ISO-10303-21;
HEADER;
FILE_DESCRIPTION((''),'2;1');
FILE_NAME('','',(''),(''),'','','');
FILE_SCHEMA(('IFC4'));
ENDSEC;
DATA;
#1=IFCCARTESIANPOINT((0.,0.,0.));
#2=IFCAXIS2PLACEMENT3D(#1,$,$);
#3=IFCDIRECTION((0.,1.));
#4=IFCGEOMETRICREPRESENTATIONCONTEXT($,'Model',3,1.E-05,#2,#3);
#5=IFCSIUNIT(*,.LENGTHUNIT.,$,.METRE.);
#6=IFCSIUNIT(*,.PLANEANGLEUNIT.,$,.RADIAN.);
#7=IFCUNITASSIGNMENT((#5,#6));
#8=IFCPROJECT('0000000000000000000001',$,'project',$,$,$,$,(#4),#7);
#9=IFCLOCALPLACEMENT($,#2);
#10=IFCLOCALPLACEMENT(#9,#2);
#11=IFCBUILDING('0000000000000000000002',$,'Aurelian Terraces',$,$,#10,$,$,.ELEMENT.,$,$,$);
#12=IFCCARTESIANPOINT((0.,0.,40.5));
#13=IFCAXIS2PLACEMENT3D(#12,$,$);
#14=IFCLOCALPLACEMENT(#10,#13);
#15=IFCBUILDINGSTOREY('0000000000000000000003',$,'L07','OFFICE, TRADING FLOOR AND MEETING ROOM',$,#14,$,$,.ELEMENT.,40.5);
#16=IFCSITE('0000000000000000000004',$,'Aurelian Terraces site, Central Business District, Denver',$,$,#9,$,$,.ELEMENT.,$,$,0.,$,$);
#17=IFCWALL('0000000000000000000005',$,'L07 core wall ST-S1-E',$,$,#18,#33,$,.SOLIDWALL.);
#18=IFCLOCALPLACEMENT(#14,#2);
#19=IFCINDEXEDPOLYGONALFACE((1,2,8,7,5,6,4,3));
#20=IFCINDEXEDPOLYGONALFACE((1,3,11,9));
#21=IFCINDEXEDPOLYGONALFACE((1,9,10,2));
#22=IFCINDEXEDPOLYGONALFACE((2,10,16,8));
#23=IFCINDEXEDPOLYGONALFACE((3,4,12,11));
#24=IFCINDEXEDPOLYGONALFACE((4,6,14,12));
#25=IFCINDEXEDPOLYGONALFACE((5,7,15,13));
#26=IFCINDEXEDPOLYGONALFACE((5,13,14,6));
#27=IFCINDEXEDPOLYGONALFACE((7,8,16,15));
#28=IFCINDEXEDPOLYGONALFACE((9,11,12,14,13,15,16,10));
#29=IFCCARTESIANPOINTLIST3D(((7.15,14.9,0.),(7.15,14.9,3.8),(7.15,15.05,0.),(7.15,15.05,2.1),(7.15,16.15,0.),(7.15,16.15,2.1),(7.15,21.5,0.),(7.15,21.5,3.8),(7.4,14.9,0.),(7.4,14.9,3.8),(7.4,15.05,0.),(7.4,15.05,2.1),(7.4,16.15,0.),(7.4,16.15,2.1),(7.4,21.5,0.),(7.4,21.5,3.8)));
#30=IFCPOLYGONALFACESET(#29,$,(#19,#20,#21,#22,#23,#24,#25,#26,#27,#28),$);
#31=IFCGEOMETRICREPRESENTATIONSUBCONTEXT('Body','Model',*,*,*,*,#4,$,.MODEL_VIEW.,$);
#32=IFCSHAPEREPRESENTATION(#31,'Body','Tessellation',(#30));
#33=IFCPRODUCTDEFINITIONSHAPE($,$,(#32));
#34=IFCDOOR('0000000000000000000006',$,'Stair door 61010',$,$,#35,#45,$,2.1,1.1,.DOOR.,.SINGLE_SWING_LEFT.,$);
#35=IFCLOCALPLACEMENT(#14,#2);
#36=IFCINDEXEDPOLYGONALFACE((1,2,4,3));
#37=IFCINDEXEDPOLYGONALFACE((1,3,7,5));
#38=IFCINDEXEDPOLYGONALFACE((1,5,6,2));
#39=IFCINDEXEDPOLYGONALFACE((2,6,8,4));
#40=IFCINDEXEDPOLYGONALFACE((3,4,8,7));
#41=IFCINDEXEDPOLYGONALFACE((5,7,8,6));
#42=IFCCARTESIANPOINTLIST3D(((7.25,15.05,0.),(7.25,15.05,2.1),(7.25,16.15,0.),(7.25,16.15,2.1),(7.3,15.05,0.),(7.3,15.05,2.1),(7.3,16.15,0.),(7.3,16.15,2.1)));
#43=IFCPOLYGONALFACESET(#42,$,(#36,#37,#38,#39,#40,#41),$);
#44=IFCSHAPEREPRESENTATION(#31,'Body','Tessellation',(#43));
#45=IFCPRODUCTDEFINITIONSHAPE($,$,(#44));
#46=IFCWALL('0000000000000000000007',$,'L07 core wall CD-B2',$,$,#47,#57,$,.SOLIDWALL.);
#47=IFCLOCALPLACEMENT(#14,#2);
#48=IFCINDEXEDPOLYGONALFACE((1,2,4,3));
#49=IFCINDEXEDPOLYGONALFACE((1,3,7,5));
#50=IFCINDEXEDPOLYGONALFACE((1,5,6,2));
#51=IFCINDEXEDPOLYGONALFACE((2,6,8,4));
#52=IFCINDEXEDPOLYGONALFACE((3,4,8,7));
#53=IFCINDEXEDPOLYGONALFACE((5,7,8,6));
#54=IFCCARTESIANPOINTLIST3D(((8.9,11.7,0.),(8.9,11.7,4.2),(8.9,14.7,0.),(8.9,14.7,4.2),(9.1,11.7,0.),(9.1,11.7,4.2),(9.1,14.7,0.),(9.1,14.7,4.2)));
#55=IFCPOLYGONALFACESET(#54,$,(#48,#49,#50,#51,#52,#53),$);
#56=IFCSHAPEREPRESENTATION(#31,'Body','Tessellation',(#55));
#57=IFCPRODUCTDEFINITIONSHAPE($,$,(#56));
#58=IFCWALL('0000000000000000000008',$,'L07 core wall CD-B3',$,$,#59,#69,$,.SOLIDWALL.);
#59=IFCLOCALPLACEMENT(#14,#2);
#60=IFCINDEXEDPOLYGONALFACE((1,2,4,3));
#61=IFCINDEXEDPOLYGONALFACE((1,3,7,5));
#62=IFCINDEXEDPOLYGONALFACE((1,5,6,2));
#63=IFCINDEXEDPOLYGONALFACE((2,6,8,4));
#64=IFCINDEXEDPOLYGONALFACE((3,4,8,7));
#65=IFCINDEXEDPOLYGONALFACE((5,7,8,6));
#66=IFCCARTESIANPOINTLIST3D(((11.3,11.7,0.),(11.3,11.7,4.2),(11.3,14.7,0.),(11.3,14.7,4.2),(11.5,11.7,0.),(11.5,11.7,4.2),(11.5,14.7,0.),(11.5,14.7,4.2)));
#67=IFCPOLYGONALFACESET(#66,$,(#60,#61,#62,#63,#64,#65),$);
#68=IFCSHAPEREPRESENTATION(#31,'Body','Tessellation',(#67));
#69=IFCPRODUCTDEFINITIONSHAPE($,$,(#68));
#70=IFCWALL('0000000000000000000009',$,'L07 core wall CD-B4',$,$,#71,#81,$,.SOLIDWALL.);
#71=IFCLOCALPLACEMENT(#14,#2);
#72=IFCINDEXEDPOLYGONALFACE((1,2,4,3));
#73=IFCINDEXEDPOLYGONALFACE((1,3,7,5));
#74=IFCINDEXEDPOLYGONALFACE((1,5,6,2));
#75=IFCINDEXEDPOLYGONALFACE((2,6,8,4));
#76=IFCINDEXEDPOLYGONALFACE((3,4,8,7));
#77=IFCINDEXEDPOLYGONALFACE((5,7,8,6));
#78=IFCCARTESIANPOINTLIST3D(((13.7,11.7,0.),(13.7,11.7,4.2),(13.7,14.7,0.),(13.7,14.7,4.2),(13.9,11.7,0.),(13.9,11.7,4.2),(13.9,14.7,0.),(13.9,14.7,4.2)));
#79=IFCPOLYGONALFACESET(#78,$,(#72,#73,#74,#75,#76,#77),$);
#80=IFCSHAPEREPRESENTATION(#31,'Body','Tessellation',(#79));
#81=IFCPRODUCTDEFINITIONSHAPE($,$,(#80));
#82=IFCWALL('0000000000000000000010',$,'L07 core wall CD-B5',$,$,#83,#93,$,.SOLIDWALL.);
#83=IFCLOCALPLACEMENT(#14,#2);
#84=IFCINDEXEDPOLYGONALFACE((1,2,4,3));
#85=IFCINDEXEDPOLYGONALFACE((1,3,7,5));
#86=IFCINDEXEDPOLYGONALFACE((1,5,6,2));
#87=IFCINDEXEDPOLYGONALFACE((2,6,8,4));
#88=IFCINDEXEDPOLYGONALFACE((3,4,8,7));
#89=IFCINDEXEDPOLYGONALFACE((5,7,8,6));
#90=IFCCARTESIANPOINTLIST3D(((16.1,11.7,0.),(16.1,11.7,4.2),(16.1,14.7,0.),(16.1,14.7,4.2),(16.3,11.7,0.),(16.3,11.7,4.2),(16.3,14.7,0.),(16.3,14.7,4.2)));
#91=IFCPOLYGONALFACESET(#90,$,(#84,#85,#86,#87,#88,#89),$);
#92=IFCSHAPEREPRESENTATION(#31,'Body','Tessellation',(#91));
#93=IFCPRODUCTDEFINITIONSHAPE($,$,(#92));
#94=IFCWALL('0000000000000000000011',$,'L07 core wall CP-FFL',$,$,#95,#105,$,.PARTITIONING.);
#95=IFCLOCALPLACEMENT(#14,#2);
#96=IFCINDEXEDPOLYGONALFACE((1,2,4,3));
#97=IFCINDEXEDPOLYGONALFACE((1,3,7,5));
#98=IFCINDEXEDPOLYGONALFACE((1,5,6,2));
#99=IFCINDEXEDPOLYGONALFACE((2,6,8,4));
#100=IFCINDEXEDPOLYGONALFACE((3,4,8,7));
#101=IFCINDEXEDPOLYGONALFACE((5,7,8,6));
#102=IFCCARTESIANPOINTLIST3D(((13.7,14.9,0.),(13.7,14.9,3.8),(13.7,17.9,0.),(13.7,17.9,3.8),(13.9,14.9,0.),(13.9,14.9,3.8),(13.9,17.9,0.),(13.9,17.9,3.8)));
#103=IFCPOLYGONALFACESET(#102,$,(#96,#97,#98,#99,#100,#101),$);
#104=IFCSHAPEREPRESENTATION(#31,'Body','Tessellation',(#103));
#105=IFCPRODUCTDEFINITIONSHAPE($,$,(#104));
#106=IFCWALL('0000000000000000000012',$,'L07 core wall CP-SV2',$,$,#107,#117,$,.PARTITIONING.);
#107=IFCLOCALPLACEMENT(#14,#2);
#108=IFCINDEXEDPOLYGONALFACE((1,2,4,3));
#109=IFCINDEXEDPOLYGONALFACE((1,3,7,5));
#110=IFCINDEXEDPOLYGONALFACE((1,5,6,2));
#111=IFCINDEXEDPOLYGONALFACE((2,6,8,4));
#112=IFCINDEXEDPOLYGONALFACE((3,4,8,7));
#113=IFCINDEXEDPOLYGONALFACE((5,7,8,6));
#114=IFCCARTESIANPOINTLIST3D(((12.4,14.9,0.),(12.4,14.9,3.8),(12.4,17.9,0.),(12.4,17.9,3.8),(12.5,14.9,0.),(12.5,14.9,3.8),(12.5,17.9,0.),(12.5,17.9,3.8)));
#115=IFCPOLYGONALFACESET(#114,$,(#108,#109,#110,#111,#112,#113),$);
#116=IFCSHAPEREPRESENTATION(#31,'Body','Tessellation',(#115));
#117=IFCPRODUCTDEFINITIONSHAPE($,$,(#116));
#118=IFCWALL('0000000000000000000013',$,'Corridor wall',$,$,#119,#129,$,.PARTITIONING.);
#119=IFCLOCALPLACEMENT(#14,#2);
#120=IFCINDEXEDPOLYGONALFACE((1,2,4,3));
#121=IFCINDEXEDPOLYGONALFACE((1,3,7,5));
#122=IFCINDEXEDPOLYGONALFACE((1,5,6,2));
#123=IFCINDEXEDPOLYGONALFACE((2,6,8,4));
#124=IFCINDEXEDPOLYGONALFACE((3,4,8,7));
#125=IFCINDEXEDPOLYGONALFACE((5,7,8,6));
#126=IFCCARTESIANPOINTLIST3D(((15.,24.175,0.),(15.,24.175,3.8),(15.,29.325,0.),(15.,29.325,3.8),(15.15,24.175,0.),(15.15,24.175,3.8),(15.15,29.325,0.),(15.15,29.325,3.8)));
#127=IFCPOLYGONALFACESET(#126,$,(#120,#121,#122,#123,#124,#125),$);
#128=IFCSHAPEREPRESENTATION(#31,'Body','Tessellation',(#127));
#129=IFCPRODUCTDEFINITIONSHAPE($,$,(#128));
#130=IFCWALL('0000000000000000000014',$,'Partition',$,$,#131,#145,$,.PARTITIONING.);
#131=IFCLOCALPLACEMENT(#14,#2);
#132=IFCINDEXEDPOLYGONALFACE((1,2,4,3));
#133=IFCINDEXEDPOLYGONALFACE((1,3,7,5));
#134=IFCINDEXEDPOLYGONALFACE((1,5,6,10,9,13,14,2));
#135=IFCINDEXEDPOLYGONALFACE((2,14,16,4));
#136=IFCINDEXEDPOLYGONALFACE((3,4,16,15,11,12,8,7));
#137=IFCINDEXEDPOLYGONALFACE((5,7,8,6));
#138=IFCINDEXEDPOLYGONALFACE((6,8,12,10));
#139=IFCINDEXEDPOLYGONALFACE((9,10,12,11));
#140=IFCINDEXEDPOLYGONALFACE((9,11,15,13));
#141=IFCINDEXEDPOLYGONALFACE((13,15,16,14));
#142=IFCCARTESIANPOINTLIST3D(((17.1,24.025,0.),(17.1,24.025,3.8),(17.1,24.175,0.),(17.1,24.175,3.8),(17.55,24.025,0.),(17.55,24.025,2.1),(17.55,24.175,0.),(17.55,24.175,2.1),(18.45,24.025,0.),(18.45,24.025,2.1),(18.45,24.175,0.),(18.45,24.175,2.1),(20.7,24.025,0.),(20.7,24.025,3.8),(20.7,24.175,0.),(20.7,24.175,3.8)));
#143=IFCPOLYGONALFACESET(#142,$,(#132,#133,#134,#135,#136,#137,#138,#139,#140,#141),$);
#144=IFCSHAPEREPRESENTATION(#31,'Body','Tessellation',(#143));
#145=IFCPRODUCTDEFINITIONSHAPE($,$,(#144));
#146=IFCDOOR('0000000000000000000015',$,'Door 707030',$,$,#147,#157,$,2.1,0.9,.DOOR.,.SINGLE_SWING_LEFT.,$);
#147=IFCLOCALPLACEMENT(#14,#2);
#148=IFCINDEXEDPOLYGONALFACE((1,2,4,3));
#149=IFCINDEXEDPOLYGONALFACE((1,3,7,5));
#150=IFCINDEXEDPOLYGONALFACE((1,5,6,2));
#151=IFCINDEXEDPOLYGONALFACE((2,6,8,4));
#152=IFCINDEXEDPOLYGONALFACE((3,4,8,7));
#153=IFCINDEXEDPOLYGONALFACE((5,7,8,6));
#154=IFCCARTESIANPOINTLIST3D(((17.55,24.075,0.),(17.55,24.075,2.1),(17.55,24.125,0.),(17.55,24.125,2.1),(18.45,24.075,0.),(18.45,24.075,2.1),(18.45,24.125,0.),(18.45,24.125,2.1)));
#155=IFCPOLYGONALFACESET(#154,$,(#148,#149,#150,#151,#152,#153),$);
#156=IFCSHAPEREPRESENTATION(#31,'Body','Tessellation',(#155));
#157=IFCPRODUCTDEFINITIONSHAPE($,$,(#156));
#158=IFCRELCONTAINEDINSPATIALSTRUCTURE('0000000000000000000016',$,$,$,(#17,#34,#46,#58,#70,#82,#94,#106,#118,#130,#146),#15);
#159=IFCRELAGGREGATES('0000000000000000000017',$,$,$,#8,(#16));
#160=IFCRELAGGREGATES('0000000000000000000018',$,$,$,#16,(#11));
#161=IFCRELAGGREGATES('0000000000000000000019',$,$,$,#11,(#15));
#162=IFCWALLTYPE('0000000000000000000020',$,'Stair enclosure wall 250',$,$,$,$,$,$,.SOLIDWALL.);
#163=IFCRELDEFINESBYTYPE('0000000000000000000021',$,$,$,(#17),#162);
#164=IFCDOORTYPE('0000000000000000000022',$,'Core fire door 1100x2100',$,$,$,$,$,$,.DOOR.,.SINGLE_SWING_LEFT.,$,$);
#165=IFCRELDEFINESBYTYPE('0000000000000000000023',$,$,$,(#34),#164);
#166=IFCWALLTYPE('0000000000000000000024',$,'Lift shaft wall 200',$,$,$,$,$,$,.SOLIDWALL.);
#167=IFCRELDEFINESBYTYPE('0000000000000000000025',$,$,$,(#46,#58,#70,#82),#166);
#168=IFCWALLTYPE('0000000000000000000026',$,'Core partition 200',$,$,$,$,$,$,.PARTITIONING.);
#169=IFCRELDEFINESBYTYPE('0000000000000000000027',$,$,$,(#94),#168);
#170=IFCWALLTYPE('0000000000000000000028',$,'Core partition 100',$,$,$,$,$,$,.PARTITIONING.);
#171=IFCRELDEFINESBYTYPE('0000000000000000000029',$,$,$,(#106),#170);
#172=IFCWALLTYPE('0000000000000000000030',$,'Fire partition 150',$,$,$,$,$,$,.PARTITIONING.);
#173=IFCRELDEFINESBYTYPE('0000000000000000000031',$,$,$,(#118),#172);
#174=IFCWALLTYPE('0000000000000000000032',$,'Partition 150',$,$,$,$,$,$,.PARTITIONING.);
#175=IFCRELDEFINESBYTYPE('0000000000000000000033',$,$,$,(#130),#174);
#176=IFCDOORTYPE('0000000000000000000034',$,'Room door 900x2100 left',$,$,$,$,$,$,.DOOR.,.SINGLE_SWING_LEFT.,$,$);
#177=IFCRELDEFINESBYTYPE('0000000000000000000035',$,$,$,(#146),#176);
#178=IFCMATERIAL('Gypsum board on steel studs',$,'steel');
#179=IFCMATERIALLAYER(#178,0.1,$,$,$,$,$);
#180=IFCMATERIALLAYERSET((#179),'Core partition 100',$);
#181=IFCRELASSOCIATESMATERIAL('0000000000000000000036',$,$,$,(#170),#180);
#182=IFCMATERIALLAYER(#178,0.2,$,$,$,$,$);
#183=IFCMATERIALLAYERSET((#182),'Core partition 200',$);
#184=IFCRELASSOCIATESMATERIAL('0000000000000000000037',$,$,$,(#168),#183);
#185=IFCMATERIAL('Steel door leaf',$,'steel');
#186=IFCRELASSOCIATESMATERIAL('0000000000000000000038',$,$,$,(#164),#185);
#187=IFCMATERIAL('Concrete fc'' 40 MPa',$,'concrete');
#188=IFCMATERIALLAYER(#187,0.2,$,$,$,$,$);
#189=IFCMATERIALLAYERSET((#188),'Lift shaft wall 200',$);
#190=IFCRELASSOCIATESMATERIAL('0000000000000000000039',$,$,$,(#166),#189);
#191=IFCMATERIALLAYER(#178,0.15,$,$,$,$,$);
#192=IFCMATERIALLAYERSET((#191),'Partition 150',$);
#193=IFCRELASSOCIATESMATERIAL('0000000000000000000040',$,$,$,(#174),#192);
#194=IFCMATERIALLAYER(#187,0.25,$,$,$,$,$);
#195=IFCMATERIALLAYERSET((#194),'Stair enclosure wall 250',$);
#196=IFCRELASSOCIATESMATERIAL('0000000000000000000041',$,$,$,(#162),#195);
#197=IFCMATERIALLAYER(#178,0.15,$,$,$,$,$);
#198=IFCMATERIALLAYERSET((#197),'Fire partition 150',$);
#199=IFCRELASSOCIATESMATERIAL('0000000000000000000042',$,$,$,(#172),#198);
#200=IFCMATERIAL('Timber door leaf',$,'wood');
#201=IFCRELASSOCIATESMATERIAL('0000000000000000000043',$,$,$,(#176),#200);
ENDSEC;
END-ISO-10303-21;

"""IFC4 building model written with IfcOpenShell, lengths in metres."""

from ifc_helpers import new_model, si_unit, direction, frame, frame_2d, origin, place, context, subcontext, project, spatial, rectangle, extrude, source, transform, mapped, material, layer, layer_set, type_object, element, fill, save


model = new_model("IFC4")

# Units and contexts
model_context = context("Model", 3, precision=1e-05, world=origin(), true_north=direction((0.0, 1.0)))
body_context = subcontext(model_context, "Body", "Model", "MODEL_VIEW")
ifc_project = project(units=[si_unit("LENGTHUNIT", "METRE"), si_unit("PLANEANGLEUNIT", "RADIAN")], contexts=[model_context])

# Site, building, storey
site_placement = place(None, origin())
site = spatial("IfcSite", under=ifc_project, at=site_placement, Name="Aurelian Terraces site, Central Business District, Denver", CompositionType="ELEMENT", RefElevation=0.0)
building_placement = place(site_placement, origin())
building = spatial("IfcBuilding", under=site, at=building_placement, Name="Aurelian Terraces", CompositionType="ELEMENT")
storey_placement = place(building_placement, frame((0.0, 0.0, 40.5)))
storey = spatial("IfcBuildingStorey", under=building, at=storey_placement, Name="L07", Description="OFFICE, TRADING FLOOR AND MEETING ROOM", CompositionType="ELEMENT", Elevation=40.5)

# Shared definitions
ifc_material_1 = material(Name="Gypsum board on steel studs", Category="steel")
ifc_layer_1 = layer(ifc_material_1, 0.1)
ifc_layer_set_1 = layer_set([ifc_layer_1], Name="Core partition 100")
wall_type_1 = type_object("IfcWallType", Name="Core partition 100", PredefinedType="PARTITIONING", material=ifc_layer_set_1)
ifc_layer_2 = layer(ifc_material_1, 0.2)
ifc_layer_set_2 = layer_set([ifc_layer_2], Name="Core partition 200")
wall_type_2 = type_object("IfcWallType", Name="Core partition 200", PredefinedType="PARTITIONING", material=ifc_layer_set_2)

# Shared definitions
ifc_material_2 = material(Name="Steel door leaf", Category="steel")
shared_shape_1 = source(origin(), body_context, "Body", "SweptSolid", [
    extrude(rectangle(XDim=0.9, YDim=2.1, at=frame_2d((0.45, 1.05))), frame((0.0, 0.025, 0.0), z_axis=(0.0, -1.0, 0.0), x_axis=(1.0, 0.0, 0.0)), (0.0, 0.0, 1.0), 0.05),
])
door_type_1 = type_object("IfcDoorType", Name="Core fire door 1100x2100", OperationType="SINGLE_SWING_LEFT", PredefinedType="DOOR", material=ifc_material_2)
shared_shape_2 = source(origin(), body_context, "Body", "SweptSolid", [
    extrude(rectangle(XDim=1.1, YDim=2.1, at=frame_2d((0.55, 1.05))), frame((0.0, 0.025, 0.0), z_axis=(0.0, -1.0, 0.0), x_axis=(1.0, 0.0, 0.0)), (0.0, 0.0, 1.0), 0.05),
])

# Shared definitions
ifc_material_3 = material(Name="Concrete fc' 40 MPa", Category="concrete")
ifc_layer_3 = layer(ifc_material_3, 0.2)
ifc_layer_set_3 = layer_set([ifc_layer_3], Name="Lift shaft wall 200")
wall_type_3 = type_object("IfcWallType", Name="Lift shaft wall 200", PredefinedType="SOLIDWALL", material=ifc_layer_set_3)
ifc_layer_4 = layer(ifc_material_1, 0.15)
ifc_layer_set_4 = layer_set([ifc_layer_4], Name="Partition 150")
wall_type_4 = type_object("IfcWallType", Name="Partition 150", PredefinedType="PARTITIONING", material=ifc_layer_set_4)

# Wall, opening, door
ifc_layer_5 = layer(ifc_material_3, 0.25)
ifc_layer_set_5 = layer_set([ifc_layer_5], Name="Stair enclosure wall 250")
wall_type_5 = type_object("IfcWallType", Name="Stair enclosure wall 250", PredefinedType="SOLIDWALL", material=ifc_layer_set_5)
wall_1_placement = place(storey_placement, frame((7.275, 14.9, 0.0), z_axis=(0.0, 0.0, 1.0), x_axis=(0.0, 1.0, 0.0)))
wall_1 = element("IfcWall", 1, at=wall_1_placement, inside=storey, type_object=wall_type_5, Name="L07 core wall ST-S1-E", PredefinedType="SOLIDWALL", context=body_context, shape_type="SweptSolid", body=[
    extrude(rectangle(XDim=6.6, YDim=0.25, at=frame_2d((3.3, 0.0))), origin(), (0.0, 0.0, 1.0), 3.8),
])
shared_shape_3 = source(origin(), body_context, "Body", "SweptSolid", [
    extrude(rectangle(XDim=1.1, YDim=2.1, at=frame_2d((0.55, 1.05))), frame((0.0, 0.135, 0.0), z_axis=(0.0, -1.0, 0.0), x_axis=(1.0, 0.0, 0.0)), (0.0, 0.0, 1.0), 0.27),
])
opening_1_placement = place(wall_1_placement, frame((0.15, 0.0, 0.0)))
opening_1 = element("IfcOpeningElement", 2, at=opening_1_placement, cuts=wall_1, PredefinedType="OPENING", context=body_context, shape_type="MappedRepresentation", body=[
    mapped(shared_shape_3, transform((0.0, 0.0, 0.0), scale=1.0)),
])
door_1_placement = place(opening_1_placement, origin())
door_1 = element("IfcDoor", 3, at=door_1_placement, inside=storey, type_object=door_type_1, Name="Stair door 61010", OperationType="SINGLE_SWING_LEFT", OverallHeight=2.1, OverallWidth=1.1, PredefinedType="DOOR", context=body_context, shape_type="MappedRepresentation", body=[
    mapped(shared_shape_2, transform((0.0, 0.0, 0.0), scale=1.0)),
])
fill(opening_1, door_1)

# Walls
shared_shape_4 = source(origin(), body_context, "Body", "SweptSolid", [
    extrude(rectangle(XDim=3.0, YDim=0.2, at=frame_2d((1.5, 0.0))), origin(), (0.0, 0.0, 1.0), 4.2),
])
for number, where, z_axis, x_axis, name in (
    (4, (9.0, 11.7, 0.0), (0.0, 0.0, 1.0), (0.0, 1.0, 0.0), "L07 core wall CD-B2"),
    (5, (11.4, 11.7, 0.0), (0.0, 0.0, 1.0), (0.0, 1.0, 0.0), "L07 core wall CD-B3"),
    (6, (13.8, 11.7, 0.0), (0.0, 0.0, 1.0), (0.0, 1.0, 0.0), "L07 core wall CD-B4"),
    (7, (16.2, 11.7, 0.0), (0.0, 0.0, 1.0), (0.0, 1.0, 0.0), "L07 core wall CD-B5"),
):
    element("IfcWall", number, at=place(storey_placement, frame(where, z_axis=z_axis, x_axis=x_axis)), inside=storey, type_object=wall_type_3, Name=name, PredefinedType="SOLIDWALL", context=body_context, shape_type="MappedRepresentation", body=[
        mapped(shared_shape_4, transform((0.0, 0.0, 0.0), scale=1.0)),
    ])
shared_shape_5 = source(origin(), body_context, "Body", "SweptSolid", [
    extrude(rectangle(XDim=3.0, YDim=0.2, at=frame_2d((1.5, 0.0))), origin(), (0.0, 0.0, 1.0), 3.8),
])
wall_2_placement = place(storey_placement, frame((13.8, 14.9, 0.0), z_axis=(0.0, 0.0, 1.0), x_axis=(0.0, 1.0, 0.0)))
element("IfcWall", 8, at=wall_2_placement, inside=storey, type_object=wall_type_2, Name="L07 core wall CP-FFL", PredefinedType="PARTITIONING", context=body_context, shape_type="MappedRepresentation", body=[
    mapped(shared_shape_5, transform((0.0, 0.0, 0.0), scale=1.0)),
])
shared_shape_6 = source(origin(), body_context, "Body", "SweptSolid", [
    extrude(rectangle(XDim=3.0, YDim=0.1, at=frame_2d((1.5, 0.0))), origin(), (0.0, 0.0, 1.0), 3.8),
])
wall_3_placement = place(storey_placement, frame((12.45, 14.9, 0.0), z_axis=(0.0, 0.0, 1.0), x_axis=(0.0, 1.0, 0.0)))
element("IfcWall", 9, at=wall_3_placement, inside=storey, type_object=wall_type_1, Name="L07 core wall CP-SV2", PredefinedType="PARTITIONING", context=body_context, shape_type="MappedRepresentation", body=[
    mapped(shared_shape_6, transform((0.0, 0.0, 0.0), scale=1.0)),
])
ifc_layer_6 = layer(ifc_material_1, 0.15)
ifc_layer_set_6 = layer_set([ifc_layer_6], Name="Fire partition 150")
wall_type_6 = type_object("IfcWallType", Name="Fire partition 150", PredefinedType="PARTITIONING", material=ifc_layer_set_6)
shared_shape_7 = source(origin(), body_context, "Body", "SweptSolid", [
    extrude(rectangle(XDim=5.15, YDim=0.15, at=frame_2d((2.575, 0.0))), origin(), (0.0, 0.0, 1.0), 3.8),
])
wall_4_placement = place(storey_placement, frame((15.075, 24.175, 0.0), z_axis=(0.0, 0.0, 1.0), x_axis=(0.0, 1.0, 0.0)))
element("IfcWall", 10, at=wall_4_placement, inside=storey, type_object=wall_type_6, Name="Corridor wall", PredefinedType="PARTITIONING", context=body_context, shape_type="MappedRepresentation", body=[
    mapped(shared_shape_7, transform((0.0, 0.0, 0.0), scale=1.0)),
])

# Wall, opening, door
shared_shape_8 = source(origin(), body_context, "Body", "SweptSolid", [
    extrude(rectangle(XDim=3.6, YDim=0.15, at=frame_2d((1.8, 0.0))), origin(), (0.0, 0.0, 1.0), 3.8),
])
wall_5_placement = place(storey_placement, frame((17.1, 24.1, 0.0), z_axis=(0.0, 0.0, 1.0), x_axis=(1.0, 0.0, 0.0)))
wall_5 = element("IfcWall", 11, at=wall_5_placement, inside=storey, type_object=wall_type_4, Name="Partition", PredefinedType="PARTITIONING", context=body_context, shape_type="MappedRepresentation", body=[
    mapped(shared_shape_8, transform((0.0, 0.0, 0.0), scale=1.0)),
])
shared_shape_9 = source(origin(), body_context, "Body", "SweptSolid", [
    extrude(rectangle(XDim=0.9, YDim=2.1, at=frame_2d((0.45, 1.05))), frame((0.0, 0.085, 0.0), z_axis=(0.0, -1.0, 0.0), x_axis=(1.0, 0.0, 0.0)), (0.0, 0.0, 1.0), 0.17),
])
opening_2_placement = place(wall_5_placement, frame((0.45, 0.0, 0.0)))
opening_2 = element("IfcOpeningElement", 12, at=opening_2_placement, cuts=wall_5, PredefinedType="OPENING", context=body_context, shape_type="MappedRepresentation", body=[
    mapped(shared_shape_9, transform((0.0, 0.0, 0.0), scale=1.0)),
])
ifc_material_4 = material(Name="Timber door leaf", Category="wood")
door_type_2 = type_object("IfcDoorType", Name="Room door 900x2100 left", OperationType="SINGLE_SWING_LEFT", PredefinedType="DOOR", material=ifc_material_4)
door_2_placement = place(opening_2_placement, origin())
door_2 = element("IfcDoor", 13, at=door_2_placement, inside=storey, type_object=door_type_2, Name="Door 707030", OperationType="SINGLE_SWING_LEFT", OverallHeight=2.1, OverallWidth=0.9, PredefinedType="DOOR", context=body_context, shape_type="MappedRepresentation", body=[
    mapped(shared_shape_1, transform((0.0, 0.0, 0.0), scale=1.0)),
])
fill(opening_2, door_2)

save(model, "model.ifc")
